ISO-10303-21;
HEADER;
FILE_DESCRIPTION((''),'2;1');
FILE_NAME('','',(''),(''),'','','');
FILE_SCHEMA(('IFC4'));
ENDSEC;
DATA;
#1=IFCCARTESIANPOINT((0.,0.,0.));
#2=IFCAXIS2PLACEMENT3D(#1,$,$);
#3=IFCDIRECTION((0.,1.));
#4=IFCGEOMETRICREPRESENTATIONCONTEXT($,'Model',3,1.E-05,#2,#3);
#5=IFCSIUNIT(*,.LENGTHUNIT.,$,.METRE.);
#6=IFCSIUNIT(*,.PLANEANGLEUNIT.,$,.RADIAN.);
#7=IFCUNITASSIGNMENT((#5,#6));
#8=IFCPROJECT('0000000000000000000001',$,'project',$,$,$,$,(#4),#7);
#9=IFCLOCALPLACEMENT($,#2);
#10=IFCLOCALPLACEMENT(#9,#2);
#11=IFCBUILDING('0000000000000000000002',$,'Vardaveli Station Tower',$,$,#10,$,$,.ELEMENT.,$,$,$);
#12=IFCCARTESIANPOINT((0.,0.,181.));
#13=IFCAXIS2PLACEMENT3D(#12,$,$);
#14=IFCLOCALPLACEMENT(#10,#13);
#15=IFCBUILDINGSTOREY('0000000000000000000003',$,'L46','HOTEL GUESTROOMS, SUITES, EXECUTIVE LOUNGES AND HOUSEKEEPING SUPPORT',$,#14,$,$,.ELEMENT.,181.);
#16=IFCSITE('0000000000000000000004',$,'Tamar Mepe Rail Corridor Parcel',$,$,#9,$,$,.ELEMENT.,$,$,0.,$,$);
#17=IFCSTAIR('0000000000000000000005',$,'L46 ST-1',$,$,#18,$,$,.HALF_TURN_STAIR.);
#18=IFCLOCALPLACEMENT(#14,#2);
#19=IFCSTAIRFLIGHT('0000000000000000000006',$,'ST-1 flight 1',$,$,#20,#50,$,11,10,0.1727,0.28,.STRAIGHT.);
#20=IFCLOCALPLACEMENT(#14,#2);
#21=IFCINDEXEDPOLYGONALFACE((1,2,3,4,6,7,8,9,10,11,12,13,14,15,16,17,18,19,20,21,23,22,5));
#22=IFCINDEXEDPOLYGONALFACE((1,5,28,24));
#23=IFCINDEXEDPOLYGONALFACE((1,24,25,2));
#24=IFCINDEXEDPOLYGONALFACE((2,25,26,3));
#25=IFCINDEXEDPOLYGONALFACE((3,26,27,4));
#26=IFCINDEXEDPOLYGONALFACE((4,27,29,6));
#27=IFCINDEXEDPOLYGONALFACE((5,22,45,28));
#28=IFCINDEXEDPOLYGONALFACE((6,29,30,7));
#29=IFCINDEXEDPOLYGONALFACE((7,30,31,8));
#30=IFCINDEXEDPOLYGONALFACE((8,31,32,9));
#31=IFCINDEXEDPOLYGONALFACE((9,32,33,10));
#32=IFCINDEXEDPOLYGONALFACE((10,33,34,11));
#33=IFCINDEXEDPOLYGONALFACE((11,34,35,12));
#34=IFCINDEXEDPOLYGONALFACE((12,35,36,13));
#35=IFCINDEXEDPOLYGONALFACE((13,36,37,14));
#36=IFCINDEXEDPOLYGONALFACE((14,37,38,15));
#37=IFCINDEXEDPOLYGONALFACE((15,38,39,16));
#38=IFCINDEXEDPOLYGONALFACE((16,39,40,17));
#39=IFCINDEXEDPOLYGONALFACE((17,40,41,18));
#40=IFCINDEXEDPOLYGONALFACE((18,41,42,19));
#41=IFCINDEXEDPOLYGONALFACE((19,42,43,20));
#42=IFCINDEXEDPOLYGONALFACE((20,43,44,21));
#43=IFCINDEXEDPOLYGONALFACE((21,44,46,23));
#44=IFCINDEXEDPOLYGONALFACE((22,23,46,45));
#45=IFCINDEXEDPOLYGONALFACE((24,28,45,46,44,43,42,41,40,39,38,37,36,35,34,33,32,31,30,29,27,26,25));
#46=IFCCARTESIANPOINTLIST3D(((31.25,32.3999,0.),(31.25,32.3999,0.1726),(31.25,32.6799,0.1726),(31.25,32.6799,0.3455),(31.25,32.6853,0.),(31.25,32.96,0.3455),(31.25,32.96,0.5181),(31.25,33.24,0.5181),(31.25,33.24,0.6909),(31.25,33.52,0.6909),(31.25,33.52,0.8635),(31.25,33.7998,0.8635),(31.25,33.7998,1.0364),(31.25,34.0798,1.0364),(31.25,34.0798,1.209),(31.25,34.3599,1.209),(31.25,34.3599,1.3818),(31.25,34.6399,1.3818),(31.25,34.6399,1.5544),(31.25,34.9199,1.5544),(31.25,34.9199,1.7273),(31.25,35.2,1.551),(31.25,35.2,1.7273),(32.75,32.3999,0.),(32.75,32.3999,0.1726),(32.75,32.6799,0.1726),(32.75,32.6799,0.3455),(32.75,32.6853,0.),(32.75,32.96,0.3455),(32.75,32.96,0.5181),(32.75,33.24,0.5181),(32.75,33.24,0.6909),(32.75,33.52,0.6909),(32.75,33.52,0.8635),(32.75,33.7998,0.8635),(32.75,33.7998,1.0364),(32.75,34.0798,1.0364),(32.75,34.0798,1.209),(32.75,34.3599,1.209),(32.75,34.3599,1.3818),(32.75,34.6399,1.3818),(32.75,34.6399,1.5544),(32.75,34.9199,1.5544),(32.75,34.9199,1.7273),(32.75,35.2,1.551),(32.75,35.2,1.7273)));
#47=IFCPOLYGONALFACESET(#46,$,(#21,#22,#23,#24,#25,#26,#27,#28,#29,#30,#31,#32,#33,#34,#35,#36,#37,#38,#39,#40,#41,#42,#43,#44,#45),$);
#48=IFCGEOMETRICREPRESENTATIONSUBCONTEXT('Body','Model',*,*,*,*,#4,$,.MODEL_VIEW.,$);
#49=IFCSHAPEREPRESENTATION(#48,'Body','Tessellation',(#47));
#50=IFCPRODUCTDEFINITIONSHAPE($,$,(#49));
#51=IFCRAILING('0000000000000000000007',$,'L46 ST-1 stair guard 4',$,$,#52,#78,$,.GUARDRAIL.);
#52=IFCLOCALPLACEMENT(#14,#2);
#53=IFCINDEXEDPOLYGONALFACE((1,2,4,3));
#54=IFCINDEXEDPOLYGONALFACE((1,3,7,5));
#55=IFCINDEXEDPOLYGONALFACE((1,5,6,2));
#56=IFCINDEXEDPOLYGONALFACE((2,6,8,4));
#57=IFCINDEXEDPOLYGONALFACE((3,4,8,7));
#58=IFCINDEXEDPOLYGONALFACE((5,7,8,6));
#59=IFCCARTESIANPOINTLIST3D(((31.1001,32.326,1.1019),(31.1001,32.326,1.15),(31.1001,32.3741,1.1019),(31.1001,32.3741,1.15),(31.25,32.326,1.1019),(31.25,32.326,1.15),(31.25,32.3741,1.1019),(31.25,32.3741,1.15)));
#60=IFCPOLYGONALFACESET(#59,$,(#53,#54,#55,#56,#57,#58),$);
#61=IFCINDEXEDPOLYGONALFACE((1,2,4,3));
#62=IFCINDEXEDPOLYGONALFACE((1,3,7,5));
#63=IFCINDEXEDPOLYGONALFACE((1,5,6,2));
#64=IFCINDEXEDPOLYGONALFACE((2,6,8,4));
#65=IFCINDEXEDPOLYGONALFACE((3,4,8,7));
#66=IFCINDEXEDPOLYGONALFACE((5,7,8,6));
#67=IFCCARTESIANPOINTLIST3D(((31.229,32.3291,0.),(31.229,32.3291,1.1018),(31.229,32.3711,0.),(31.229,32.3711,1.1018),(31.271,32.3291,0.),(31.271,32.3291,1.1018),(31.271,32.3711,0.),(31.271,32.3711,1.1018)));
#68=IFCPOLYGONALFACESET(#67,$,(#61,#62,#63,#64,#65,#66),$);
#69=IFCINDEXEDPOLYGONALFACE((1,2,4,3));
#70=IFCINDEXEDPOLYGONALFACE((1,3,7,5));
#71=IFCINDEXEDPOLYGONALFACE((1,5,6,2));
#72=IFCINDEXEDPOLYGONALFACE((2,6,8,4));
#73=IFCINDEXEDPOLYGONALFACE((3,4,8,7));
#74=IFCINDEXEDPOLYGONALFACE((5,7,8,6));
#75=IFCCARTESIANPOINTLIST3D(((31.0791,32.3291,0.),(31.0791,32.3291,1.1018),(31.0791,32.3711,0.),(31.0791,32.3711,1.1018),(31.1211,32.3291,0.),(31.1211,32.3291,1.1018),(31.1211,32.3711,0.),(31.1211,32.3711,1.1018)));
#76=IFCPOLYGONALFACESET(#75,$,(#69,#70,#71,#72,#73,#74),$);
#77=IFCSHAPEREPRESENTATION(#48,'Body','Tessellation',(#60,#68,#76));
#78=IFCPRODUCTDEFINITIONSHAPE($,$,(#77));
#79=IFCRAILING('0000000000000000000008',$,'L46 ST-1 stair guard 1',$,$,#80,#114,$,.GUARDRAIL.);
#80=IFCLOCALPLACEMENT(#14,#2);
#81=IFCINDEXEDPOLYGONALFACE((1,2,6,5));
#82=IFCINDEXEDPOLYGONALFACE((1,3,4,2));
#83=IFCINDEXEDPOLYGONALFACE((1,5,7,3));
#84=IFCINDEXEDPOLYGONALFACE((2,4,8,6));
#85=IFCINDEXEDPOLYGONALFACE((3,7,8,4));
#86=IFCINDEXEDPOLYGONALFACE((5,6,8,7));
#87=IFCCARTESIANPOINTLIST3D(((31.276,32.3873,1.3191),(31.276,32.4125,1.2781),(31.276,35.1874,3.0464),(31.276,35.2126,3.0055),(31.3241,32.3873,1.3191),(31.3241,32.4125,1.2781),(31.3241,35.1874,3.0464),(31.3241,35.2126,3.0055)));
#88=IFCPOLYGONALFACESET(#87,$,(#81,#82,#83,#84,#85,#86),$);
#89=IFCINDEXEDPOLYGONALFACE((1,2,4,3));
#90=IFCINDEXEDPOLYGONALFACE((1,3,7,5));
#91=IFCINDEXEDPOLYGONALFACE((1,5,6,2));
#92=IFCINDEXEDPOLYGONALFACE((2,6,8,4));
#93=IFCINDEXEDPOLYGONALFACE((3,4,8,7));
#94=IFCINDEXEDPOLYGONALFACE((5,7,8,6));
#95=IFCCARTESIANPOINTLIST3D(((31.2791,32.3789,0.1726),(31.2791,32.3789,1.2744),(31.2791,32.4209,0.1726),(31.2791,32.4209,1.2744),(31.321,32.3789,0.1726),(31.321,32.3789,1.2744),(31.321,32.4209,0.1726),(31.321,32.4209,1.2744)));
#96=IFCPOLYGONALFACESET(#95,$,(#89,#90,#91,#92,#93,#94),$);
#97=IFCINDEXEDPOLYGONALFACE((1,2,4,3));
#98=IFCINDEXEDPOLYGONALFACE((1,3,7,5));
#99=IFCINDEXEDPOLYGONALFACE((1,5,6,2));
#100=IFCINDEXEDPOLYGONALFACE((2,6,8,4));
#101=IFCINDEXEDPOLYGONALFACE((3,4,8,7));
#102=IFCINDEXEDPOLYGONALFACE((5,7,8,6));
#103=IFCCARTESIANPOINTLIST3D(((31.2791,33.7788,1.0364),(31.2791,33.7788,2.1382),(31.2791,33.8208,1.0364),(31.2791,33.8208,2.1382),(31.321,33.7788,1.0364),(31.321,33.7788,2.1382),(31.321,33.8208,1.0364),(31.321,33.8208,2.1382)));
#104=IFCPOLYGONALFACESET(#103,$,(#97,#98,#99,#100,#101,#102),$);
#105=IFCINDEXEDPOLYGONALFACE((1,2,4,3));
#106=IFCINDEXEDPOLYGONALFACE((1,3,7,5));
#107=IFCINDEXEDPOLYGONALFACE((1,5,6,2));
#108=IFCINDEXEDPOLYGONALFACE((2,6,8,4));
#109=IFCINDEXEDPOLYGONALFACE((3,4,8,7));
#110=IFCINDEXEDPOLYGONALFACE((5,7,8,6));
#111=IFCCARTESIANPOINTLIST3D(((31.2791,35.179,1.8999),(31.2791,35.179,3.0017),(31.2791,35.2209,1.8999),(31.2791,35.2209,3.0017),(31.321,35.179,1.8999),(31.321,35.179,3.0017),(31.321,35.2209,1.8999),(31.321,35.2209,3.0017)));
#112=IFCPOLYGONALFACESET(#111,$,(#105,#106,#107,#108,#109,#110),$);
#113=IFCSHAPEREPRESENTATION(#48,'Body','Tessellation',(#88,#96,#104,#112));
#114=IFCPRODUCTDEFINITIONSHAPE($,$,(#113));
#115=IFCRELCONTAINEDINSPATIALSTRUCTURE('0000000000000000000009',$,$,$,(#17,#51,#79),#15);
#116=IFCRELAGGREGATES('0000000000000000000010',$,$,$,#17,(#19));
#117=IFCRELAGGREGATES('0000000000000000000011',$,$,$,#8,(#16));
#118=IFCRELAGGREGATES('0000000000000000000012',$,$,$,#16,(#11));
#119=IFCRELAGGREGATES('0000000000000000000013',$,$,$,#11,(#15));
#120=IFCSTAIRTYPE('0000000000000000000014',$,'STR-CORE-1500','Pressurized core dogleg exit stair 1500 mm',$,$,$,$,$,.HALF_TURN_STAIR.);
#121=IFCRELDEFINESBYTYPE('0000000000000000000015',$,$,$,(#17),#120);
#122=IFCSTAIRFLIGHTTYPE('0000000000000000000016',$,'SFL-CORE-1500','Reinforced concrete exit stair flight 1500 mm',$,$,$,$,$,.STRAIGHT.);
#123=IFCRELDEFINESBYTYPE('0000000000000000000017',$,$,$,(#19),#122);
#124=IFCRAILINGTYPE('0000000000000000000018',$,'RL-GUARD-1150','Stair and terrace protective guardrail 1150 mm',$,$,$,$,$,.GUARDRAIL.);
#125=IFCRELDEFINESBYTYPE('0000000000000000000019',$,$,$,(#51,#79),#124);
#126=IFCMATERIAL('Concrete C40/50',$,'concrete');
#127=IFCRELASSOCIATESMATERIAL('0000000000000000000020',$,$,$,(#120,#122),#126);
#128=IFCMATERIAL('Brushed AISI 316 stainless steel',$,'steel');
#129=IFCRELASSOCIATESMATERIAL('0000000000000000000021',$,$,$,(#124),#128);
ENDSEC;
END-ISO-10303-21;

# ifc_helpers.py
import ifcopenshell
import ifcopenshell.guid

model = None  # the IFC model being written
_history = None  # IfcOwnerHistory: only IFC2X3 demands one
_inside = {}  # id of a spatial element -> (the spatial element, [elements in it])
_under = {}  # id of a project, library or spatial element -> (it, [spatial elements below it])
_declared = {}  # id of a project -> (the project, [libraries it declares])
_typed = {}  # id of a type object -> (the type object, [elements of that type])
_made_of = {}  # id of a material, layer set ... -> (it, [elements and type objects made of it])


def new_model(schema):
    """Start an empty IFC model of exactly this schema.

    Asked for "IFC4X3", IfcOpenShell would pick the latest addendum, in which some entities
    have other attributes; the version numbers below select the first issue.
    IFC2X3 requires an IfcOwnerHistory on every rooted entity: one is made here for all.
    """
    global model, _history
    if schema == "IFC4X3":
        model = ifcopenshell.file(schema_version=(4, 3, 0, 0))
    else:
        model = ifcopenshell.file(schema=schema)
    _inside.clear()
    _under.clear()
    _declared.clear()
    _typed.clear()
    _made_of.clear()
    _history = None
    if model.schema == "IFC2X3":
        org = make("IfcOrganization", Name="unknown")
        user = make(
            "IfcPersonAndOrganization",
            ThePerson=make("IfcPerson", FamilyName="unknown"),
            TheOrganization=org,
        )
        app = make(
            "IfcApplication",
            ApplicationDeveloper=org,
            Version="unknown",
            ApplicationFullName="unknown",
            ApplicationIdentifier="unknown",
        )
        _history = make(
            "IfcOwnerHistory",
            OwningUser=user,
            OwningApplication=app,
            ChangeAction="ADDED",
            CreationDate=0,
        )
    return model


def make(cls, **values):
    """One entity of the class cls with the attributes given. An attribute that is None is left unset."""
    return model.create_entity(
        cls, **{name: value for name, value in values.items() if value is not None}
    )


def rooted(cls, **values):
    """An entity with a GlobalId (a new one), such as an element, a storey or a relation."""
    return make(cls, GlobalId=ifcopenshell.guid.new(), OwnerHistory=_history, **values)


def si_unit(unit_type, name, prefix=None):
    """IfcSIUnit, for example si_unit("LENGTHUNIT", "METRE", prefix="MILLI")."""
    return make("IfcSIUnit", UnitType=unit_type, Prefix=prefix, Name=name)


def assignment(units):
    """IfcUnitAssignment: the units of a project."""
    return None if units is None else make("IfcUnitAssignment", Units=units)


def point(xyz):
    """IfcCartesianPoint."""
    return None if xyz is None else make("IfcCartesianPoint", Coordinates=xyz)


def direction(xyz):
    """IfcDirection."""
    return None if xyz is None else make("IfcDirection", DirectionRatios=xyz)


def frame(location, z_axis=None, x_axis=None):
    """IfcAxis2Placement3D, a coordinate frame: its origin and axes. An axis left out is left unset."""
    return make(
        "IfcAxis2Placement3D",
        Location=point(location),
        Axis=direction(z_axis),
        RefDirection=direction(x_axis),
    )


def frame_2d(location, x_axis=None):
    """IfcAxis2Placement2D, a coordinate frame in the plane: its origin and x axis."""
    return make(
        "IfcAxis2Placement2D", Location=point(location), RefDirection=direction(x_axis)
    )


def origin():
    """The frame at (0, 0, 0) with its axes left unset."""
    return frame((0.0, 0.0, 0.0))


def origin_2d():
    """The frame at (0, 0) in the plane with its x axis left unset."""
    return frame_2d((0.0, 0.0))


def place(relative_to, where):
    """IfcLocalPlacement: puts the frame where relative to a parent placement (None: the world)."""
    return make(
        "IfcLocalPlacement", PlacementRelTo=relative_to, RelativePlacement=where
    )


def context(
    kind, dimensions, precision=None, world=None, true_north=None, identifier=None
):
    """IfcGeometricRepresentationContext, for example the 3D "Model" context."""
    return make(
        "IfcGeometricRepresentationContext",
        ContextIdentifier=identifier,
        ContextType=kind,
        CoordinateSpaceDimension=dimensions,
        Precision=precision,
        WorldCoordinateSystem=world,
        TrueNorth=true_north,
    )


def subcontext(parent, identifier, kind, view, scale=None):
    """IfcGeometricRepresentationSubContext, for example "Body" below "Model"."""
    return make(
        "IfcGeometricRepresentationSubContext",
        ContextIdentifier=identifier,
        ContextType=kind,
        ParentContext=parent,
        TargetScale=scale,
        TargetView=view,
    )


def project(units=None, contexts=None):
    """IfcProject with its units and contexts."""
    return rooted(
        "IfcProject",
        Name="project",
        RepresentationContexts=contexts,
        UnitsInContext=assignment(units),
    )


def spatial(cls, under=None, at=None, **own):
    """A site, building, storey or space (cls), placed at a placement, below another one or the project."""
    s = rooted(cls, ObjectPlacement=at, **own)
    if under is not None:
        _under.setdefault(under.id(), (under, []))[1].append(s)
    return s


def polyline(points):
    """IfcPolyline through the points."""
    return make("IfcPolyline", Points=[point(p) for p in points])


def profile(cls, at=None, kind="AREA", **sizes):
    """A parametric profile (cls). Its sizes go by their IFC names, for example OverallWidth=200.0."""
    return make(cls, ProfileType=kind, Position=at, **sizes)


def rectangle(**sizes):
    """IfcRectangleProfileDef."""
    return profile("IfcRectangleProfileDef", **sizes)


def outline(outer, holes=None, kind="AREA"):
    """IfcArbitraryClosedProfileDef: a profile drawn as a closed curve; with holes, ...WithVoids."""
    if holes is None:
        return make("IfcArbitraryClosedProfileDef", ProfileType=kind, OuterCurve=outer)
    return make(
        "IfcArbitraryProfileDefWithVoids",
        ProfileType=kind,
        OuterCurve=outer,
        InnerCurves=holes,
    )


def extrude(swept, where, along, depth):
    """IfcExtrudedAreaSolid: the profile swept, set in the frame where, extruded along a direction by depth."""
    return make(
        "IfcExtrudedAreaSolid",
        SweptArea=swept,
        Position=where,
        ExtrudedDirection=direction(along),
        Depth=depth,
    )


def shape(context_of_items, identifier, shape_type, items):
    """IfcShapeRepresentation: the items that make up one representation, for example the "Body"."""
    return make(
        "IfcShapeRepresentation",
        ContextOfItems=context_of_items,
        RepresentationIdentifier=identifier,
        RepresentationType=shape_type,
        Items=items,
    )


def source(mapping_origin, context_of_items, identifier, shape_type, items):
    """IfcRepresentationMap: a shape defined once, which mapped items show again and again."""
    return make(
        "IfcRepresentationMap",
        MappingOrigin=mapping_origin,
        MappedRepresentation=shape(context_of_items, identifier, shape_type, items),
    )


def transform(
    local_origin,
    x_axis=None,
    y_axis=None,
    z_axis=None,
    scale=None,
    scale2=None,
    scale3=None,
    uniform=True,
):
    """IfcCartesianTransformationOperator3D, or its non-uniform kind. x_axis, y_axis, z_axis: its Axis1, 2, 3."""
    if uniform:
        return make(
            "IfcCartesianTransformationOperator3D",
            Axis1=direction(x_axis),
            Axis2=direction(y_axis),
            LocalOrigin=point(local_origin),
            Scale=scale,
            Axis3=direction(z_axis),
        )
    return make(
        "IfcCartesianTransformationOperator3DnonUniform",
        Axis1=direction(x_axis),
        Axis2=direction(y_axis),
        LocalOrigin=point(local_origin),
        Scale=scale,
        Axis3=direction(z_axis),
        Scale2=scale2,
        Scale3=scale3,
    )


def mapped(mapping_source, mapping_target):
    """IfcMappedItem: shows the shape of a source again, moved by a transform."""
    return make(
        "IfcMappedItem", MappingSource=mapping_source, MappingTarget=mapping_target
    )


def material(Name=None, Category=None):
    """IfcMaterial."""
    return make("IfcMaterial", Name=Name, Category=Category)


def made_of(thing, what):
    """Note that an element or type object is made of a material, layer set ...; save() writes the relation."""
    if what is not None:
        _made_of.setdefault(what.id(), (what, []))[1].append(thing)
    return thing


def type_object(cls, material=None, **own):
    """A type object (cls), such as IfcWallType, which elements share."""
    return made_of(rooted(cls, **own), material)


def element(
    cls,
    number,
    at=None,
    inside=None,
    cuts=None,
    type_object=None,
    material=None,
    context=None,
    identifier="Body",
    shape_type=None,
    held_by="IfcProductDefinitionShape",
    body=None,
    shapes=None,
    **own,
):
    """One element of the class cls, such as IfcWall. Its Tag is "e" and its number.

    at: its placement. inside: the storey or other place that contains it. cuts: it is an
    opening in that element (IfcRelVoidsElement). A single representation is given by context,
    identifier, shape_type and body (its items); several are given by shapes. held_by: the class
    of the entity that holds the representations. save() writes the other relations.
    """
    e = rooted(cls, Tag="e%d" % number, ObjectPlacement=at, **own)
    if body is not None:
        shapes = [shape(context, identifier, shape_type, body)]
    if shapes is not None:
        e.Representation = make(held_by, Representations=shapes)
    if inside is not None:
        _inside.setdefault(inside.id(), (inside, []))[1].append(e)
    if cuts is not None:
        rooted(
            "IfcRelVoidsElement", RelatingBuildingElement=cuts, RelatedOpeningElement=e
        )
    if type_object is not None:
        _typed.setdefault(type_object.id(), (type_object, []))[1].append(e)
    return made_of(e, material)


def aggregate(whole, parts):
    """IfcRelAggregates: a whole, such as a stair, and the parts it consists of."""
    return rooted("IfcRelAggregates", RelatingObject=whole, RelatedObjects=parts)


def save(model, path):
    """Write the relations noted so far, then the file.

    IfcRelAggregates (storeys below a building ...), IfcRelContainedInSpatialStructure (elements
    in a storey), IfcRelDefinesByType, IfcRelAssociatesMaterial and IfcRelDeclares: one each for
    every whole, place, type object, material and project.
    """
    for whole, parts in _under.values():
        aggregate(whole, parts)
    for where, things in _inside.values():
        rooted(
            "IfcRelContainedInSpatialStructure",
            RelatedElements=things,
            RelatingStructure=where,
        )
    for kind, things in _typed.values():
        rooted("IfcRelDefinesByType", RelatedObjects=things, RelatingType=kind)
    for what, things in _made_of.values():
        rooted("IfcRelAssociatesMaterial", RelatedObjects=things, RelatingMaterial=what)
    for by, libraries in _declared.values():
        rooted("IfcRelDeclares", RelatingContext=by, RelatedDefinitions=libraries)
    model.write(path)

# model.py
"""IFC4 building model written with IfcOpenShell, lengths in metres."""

from ifc_helpers import new_model, si_unit, direction, frame, origin, origin_2d, place, context, subcontext, project, spatial, polyline, rectangle, outline, extrude, source, transform, mapped, material, type_object, element, aggregate, save


model = new_model("IFC4")

# Units and contexts
model_context = context("Model", 3, precision=1e-05, world=origin(), true_north=direction((0.0, 1.0)))
body_context = subcontext(model_context, "Body", "Model", "MODEL_VIEW")
ifc_project = project(units=[si_unit("LENGTHUNIT", "METRE"), si_unit("PLANEANGLEUNIT", "RADIAN")], contexts=[model_context])

# Site, building, storey
site_placement = place(None, origin())
site = spatial("IfcSite", under=ifc_project, at=site_placement, Name="Tamar Mepe Rail Corridor Parcel", CompositionType="ELEMENT", RefElevation=0.0)
building_placement = place(site_placement, origin())
building = spatial("IfcBuilding", under=site, at=building_placement, Name="Vardaveli Station Tower", CompositionType="ELEMENT")
storey_placement = place(building_placement, frame((0.0, 0.0, 181.0)))
storey = spatial("IfcBuildingStorey", under=building, at=storey_placement, Name="L46", Description="HOTEL GUESTROOMS, SUITES, EXECUTIVE LOUNGES AND HOUSEKEEPING SUPPORT", CompositionType="ELEMENT", Elevation=181.0)

# Shared definitions
ifc_material_1 = material(Name="Concrete C40/50", Category="concrete")

# Stair, stair flight
stair_type = type_object("IfcStairType", Name="STR-CORE-1500", Description="Pressurized core dogleg exit stair 1500 mm", PredefinedType="HALF_TURN_STAIR", material=ifc_material_1)
stair_placement = place(storey_placement, origin())
stair = element("IfcStair", 1, at=stair_placement, inside=storey, type_object=stair_type, Name="L46 ST-1", PredefinedType="HALF_TURN_STAIR")
stair_flight_type = type_object("IfcStairFlightType", Name="SFL-CORE-1500", Description="Reinforced concrete exit stair flight 1500 mm", PredefinedType="STRAIGHT", material=ifc_material_1)
shared_shape_1 = source(origin(), body_context, "Body", "SweptSolid", [
    extrude(outline(polyline([(0.0, 0.0), (0.0, 0.1726), (0.28, 0.1726), (0.28, 0.3455), (0.5601, 0.3455), (0.5601, 0.5181), (0.8401, 0.5181), (0.8401, 0.6909), (1.1201, 0.6909), (1.1201, 0.8635), (1.3999, 0.8635), (1.3999, 1.0364), (1.6799, 1.0364), (1.6799, 1.209), (1.96, 1.209), (1.96, 1.3818), (2.24, 1.3818), (2.24, 1.5544), (2.52, 1.5544), (2.52, 1.7273), (2.8, 1.7273), (2.8, 1.8999), (2.8, 1.551), (0.2854, 0.0), (0.0, 0.0)])), frame((0.0, 0.75, 0.0), z_axis=(0.0, -1.0, 0.0), x_axis=(1.0, 0.0, 0.0)), (0.0, 0.0, 1.0), 1.5),
])
stair_flight_placement = place(storey_placement, frame((32.0, 32.3999, 0.0), z_axis=(0.0, 0.0, 1.0), x_axis=(0.0, 1.0, 0.0)))
stair_flight = element("IfcStairFlight", 2, at=stair_flight_placement, type_object=stair_flight_type, Name="ST-1 flight 1", NumberOfRisers=11, NumberOfTreads=10, PredefinedType="STRAIGHT", RiserHeight=0.1727, TreadLength=0.28, context=body_context, shape_type="MappedRepresentation", body=[
    mapped(shared_shape_1, transform((0.0, 0.0, 0.0), scale=1.0)),
])
aggregate(stair, [stair_flight])

# Railings
ifc_material_2 = material(Name="Brushed AISI 316 stainless steel", Category="steel")
railing_type = type_object("IfcRailingType", Name="RL-GUARD-1150", Description="Stair and terrace protective guardrail 1150 mm", PredefinedType="GUARDRAIL", material=ifc_material_2)
shared_shape_2 = source(origin(), body_context, "Body", "SweptSolid", [
    extrude(rectangle(XDim=0.0481, YDim=0.0481, at=origin_2d()), frame((0.0, 0.0, 1.126), z_axis=(-1.0, 0.0, 0.0), x_axis=(0.0, -1.0, 0.0)), (0.0, 0.0, 1.0), 0.1499),
    extrude(rectangle(XDim=0.042, YDim=0.042, at=origin_2d()), origin(), (0.0, 0.0, 1.0), 1.1018),
    extrude(rectangle(XDim=0.042, YDim=0.042, at=origin_2d()), frame((-0.1499, 0.0, 0.0)), (0.0, 0.0, 1.0), 1.1018),
])
railing_1_placement = place(storey_placement, frame((31.25, 32.3501, 0.0)))
element("IfcRailing", 3, at=railing_1_placement, inside=storey, type_object=railing_type, Name="L46 ST-1 stair guard 4", PredefinedType="GUARDRAIL", context=body_context, shape_type="MappedRepresentation", body=[
    mapped(shared_shape_2, transform((0.0, 0.0, 0.0), scale=1.0)),
])
shared_shape_3 = source(origin(), body_context, "Body", "SweptSolid", [
    extrude(rectangle(XDim=0.0481, YDim=0.0481, at=origin_2d()), frame((0.0, 0.0, 1.126), z_axis=(0.0, 0.85109, 0.52502), x_axis=(-1.0, 0.0, 0.0)), (0.0, 0.0, 1.0), 3.29),
    extrude(rectangle(XDim=0.042, YDim=0.042, at=origin_2d()), origin(), (0.0, 0.0, 1.0), 1.1018),
    extrude(rectangle(XDim=0.042, YDim=0.042, at=origin_2d()), frame((0.0, 1.3999, 0.8638)), (0.0, 0.0, 1.0), 1.1018),
    extrude(rectangle(XDim=0.042, YDim=0.042, at=origin_2d()), frame((0.0, 2.8, 1.7273)), (0.0, 0.0, 1.0), 1.1018),
])
railing_2_placement = place(storey_placement, frame((31.3, 32.3999, 0.1726)))
element("IfcRailing", 4, at=railing_2_placement, inside=storey, type_object=railing_type, Name="L46 ST-1 stair guard 1", PredefinedType="GUARDRAIL", context=body_context, shape_type="MappedRepresentation", body=[
    mapped(shared_shape_3, transform((0.0, 0.0, 0.0), scale=1.0)),
])

save(model, "model.ifc")
